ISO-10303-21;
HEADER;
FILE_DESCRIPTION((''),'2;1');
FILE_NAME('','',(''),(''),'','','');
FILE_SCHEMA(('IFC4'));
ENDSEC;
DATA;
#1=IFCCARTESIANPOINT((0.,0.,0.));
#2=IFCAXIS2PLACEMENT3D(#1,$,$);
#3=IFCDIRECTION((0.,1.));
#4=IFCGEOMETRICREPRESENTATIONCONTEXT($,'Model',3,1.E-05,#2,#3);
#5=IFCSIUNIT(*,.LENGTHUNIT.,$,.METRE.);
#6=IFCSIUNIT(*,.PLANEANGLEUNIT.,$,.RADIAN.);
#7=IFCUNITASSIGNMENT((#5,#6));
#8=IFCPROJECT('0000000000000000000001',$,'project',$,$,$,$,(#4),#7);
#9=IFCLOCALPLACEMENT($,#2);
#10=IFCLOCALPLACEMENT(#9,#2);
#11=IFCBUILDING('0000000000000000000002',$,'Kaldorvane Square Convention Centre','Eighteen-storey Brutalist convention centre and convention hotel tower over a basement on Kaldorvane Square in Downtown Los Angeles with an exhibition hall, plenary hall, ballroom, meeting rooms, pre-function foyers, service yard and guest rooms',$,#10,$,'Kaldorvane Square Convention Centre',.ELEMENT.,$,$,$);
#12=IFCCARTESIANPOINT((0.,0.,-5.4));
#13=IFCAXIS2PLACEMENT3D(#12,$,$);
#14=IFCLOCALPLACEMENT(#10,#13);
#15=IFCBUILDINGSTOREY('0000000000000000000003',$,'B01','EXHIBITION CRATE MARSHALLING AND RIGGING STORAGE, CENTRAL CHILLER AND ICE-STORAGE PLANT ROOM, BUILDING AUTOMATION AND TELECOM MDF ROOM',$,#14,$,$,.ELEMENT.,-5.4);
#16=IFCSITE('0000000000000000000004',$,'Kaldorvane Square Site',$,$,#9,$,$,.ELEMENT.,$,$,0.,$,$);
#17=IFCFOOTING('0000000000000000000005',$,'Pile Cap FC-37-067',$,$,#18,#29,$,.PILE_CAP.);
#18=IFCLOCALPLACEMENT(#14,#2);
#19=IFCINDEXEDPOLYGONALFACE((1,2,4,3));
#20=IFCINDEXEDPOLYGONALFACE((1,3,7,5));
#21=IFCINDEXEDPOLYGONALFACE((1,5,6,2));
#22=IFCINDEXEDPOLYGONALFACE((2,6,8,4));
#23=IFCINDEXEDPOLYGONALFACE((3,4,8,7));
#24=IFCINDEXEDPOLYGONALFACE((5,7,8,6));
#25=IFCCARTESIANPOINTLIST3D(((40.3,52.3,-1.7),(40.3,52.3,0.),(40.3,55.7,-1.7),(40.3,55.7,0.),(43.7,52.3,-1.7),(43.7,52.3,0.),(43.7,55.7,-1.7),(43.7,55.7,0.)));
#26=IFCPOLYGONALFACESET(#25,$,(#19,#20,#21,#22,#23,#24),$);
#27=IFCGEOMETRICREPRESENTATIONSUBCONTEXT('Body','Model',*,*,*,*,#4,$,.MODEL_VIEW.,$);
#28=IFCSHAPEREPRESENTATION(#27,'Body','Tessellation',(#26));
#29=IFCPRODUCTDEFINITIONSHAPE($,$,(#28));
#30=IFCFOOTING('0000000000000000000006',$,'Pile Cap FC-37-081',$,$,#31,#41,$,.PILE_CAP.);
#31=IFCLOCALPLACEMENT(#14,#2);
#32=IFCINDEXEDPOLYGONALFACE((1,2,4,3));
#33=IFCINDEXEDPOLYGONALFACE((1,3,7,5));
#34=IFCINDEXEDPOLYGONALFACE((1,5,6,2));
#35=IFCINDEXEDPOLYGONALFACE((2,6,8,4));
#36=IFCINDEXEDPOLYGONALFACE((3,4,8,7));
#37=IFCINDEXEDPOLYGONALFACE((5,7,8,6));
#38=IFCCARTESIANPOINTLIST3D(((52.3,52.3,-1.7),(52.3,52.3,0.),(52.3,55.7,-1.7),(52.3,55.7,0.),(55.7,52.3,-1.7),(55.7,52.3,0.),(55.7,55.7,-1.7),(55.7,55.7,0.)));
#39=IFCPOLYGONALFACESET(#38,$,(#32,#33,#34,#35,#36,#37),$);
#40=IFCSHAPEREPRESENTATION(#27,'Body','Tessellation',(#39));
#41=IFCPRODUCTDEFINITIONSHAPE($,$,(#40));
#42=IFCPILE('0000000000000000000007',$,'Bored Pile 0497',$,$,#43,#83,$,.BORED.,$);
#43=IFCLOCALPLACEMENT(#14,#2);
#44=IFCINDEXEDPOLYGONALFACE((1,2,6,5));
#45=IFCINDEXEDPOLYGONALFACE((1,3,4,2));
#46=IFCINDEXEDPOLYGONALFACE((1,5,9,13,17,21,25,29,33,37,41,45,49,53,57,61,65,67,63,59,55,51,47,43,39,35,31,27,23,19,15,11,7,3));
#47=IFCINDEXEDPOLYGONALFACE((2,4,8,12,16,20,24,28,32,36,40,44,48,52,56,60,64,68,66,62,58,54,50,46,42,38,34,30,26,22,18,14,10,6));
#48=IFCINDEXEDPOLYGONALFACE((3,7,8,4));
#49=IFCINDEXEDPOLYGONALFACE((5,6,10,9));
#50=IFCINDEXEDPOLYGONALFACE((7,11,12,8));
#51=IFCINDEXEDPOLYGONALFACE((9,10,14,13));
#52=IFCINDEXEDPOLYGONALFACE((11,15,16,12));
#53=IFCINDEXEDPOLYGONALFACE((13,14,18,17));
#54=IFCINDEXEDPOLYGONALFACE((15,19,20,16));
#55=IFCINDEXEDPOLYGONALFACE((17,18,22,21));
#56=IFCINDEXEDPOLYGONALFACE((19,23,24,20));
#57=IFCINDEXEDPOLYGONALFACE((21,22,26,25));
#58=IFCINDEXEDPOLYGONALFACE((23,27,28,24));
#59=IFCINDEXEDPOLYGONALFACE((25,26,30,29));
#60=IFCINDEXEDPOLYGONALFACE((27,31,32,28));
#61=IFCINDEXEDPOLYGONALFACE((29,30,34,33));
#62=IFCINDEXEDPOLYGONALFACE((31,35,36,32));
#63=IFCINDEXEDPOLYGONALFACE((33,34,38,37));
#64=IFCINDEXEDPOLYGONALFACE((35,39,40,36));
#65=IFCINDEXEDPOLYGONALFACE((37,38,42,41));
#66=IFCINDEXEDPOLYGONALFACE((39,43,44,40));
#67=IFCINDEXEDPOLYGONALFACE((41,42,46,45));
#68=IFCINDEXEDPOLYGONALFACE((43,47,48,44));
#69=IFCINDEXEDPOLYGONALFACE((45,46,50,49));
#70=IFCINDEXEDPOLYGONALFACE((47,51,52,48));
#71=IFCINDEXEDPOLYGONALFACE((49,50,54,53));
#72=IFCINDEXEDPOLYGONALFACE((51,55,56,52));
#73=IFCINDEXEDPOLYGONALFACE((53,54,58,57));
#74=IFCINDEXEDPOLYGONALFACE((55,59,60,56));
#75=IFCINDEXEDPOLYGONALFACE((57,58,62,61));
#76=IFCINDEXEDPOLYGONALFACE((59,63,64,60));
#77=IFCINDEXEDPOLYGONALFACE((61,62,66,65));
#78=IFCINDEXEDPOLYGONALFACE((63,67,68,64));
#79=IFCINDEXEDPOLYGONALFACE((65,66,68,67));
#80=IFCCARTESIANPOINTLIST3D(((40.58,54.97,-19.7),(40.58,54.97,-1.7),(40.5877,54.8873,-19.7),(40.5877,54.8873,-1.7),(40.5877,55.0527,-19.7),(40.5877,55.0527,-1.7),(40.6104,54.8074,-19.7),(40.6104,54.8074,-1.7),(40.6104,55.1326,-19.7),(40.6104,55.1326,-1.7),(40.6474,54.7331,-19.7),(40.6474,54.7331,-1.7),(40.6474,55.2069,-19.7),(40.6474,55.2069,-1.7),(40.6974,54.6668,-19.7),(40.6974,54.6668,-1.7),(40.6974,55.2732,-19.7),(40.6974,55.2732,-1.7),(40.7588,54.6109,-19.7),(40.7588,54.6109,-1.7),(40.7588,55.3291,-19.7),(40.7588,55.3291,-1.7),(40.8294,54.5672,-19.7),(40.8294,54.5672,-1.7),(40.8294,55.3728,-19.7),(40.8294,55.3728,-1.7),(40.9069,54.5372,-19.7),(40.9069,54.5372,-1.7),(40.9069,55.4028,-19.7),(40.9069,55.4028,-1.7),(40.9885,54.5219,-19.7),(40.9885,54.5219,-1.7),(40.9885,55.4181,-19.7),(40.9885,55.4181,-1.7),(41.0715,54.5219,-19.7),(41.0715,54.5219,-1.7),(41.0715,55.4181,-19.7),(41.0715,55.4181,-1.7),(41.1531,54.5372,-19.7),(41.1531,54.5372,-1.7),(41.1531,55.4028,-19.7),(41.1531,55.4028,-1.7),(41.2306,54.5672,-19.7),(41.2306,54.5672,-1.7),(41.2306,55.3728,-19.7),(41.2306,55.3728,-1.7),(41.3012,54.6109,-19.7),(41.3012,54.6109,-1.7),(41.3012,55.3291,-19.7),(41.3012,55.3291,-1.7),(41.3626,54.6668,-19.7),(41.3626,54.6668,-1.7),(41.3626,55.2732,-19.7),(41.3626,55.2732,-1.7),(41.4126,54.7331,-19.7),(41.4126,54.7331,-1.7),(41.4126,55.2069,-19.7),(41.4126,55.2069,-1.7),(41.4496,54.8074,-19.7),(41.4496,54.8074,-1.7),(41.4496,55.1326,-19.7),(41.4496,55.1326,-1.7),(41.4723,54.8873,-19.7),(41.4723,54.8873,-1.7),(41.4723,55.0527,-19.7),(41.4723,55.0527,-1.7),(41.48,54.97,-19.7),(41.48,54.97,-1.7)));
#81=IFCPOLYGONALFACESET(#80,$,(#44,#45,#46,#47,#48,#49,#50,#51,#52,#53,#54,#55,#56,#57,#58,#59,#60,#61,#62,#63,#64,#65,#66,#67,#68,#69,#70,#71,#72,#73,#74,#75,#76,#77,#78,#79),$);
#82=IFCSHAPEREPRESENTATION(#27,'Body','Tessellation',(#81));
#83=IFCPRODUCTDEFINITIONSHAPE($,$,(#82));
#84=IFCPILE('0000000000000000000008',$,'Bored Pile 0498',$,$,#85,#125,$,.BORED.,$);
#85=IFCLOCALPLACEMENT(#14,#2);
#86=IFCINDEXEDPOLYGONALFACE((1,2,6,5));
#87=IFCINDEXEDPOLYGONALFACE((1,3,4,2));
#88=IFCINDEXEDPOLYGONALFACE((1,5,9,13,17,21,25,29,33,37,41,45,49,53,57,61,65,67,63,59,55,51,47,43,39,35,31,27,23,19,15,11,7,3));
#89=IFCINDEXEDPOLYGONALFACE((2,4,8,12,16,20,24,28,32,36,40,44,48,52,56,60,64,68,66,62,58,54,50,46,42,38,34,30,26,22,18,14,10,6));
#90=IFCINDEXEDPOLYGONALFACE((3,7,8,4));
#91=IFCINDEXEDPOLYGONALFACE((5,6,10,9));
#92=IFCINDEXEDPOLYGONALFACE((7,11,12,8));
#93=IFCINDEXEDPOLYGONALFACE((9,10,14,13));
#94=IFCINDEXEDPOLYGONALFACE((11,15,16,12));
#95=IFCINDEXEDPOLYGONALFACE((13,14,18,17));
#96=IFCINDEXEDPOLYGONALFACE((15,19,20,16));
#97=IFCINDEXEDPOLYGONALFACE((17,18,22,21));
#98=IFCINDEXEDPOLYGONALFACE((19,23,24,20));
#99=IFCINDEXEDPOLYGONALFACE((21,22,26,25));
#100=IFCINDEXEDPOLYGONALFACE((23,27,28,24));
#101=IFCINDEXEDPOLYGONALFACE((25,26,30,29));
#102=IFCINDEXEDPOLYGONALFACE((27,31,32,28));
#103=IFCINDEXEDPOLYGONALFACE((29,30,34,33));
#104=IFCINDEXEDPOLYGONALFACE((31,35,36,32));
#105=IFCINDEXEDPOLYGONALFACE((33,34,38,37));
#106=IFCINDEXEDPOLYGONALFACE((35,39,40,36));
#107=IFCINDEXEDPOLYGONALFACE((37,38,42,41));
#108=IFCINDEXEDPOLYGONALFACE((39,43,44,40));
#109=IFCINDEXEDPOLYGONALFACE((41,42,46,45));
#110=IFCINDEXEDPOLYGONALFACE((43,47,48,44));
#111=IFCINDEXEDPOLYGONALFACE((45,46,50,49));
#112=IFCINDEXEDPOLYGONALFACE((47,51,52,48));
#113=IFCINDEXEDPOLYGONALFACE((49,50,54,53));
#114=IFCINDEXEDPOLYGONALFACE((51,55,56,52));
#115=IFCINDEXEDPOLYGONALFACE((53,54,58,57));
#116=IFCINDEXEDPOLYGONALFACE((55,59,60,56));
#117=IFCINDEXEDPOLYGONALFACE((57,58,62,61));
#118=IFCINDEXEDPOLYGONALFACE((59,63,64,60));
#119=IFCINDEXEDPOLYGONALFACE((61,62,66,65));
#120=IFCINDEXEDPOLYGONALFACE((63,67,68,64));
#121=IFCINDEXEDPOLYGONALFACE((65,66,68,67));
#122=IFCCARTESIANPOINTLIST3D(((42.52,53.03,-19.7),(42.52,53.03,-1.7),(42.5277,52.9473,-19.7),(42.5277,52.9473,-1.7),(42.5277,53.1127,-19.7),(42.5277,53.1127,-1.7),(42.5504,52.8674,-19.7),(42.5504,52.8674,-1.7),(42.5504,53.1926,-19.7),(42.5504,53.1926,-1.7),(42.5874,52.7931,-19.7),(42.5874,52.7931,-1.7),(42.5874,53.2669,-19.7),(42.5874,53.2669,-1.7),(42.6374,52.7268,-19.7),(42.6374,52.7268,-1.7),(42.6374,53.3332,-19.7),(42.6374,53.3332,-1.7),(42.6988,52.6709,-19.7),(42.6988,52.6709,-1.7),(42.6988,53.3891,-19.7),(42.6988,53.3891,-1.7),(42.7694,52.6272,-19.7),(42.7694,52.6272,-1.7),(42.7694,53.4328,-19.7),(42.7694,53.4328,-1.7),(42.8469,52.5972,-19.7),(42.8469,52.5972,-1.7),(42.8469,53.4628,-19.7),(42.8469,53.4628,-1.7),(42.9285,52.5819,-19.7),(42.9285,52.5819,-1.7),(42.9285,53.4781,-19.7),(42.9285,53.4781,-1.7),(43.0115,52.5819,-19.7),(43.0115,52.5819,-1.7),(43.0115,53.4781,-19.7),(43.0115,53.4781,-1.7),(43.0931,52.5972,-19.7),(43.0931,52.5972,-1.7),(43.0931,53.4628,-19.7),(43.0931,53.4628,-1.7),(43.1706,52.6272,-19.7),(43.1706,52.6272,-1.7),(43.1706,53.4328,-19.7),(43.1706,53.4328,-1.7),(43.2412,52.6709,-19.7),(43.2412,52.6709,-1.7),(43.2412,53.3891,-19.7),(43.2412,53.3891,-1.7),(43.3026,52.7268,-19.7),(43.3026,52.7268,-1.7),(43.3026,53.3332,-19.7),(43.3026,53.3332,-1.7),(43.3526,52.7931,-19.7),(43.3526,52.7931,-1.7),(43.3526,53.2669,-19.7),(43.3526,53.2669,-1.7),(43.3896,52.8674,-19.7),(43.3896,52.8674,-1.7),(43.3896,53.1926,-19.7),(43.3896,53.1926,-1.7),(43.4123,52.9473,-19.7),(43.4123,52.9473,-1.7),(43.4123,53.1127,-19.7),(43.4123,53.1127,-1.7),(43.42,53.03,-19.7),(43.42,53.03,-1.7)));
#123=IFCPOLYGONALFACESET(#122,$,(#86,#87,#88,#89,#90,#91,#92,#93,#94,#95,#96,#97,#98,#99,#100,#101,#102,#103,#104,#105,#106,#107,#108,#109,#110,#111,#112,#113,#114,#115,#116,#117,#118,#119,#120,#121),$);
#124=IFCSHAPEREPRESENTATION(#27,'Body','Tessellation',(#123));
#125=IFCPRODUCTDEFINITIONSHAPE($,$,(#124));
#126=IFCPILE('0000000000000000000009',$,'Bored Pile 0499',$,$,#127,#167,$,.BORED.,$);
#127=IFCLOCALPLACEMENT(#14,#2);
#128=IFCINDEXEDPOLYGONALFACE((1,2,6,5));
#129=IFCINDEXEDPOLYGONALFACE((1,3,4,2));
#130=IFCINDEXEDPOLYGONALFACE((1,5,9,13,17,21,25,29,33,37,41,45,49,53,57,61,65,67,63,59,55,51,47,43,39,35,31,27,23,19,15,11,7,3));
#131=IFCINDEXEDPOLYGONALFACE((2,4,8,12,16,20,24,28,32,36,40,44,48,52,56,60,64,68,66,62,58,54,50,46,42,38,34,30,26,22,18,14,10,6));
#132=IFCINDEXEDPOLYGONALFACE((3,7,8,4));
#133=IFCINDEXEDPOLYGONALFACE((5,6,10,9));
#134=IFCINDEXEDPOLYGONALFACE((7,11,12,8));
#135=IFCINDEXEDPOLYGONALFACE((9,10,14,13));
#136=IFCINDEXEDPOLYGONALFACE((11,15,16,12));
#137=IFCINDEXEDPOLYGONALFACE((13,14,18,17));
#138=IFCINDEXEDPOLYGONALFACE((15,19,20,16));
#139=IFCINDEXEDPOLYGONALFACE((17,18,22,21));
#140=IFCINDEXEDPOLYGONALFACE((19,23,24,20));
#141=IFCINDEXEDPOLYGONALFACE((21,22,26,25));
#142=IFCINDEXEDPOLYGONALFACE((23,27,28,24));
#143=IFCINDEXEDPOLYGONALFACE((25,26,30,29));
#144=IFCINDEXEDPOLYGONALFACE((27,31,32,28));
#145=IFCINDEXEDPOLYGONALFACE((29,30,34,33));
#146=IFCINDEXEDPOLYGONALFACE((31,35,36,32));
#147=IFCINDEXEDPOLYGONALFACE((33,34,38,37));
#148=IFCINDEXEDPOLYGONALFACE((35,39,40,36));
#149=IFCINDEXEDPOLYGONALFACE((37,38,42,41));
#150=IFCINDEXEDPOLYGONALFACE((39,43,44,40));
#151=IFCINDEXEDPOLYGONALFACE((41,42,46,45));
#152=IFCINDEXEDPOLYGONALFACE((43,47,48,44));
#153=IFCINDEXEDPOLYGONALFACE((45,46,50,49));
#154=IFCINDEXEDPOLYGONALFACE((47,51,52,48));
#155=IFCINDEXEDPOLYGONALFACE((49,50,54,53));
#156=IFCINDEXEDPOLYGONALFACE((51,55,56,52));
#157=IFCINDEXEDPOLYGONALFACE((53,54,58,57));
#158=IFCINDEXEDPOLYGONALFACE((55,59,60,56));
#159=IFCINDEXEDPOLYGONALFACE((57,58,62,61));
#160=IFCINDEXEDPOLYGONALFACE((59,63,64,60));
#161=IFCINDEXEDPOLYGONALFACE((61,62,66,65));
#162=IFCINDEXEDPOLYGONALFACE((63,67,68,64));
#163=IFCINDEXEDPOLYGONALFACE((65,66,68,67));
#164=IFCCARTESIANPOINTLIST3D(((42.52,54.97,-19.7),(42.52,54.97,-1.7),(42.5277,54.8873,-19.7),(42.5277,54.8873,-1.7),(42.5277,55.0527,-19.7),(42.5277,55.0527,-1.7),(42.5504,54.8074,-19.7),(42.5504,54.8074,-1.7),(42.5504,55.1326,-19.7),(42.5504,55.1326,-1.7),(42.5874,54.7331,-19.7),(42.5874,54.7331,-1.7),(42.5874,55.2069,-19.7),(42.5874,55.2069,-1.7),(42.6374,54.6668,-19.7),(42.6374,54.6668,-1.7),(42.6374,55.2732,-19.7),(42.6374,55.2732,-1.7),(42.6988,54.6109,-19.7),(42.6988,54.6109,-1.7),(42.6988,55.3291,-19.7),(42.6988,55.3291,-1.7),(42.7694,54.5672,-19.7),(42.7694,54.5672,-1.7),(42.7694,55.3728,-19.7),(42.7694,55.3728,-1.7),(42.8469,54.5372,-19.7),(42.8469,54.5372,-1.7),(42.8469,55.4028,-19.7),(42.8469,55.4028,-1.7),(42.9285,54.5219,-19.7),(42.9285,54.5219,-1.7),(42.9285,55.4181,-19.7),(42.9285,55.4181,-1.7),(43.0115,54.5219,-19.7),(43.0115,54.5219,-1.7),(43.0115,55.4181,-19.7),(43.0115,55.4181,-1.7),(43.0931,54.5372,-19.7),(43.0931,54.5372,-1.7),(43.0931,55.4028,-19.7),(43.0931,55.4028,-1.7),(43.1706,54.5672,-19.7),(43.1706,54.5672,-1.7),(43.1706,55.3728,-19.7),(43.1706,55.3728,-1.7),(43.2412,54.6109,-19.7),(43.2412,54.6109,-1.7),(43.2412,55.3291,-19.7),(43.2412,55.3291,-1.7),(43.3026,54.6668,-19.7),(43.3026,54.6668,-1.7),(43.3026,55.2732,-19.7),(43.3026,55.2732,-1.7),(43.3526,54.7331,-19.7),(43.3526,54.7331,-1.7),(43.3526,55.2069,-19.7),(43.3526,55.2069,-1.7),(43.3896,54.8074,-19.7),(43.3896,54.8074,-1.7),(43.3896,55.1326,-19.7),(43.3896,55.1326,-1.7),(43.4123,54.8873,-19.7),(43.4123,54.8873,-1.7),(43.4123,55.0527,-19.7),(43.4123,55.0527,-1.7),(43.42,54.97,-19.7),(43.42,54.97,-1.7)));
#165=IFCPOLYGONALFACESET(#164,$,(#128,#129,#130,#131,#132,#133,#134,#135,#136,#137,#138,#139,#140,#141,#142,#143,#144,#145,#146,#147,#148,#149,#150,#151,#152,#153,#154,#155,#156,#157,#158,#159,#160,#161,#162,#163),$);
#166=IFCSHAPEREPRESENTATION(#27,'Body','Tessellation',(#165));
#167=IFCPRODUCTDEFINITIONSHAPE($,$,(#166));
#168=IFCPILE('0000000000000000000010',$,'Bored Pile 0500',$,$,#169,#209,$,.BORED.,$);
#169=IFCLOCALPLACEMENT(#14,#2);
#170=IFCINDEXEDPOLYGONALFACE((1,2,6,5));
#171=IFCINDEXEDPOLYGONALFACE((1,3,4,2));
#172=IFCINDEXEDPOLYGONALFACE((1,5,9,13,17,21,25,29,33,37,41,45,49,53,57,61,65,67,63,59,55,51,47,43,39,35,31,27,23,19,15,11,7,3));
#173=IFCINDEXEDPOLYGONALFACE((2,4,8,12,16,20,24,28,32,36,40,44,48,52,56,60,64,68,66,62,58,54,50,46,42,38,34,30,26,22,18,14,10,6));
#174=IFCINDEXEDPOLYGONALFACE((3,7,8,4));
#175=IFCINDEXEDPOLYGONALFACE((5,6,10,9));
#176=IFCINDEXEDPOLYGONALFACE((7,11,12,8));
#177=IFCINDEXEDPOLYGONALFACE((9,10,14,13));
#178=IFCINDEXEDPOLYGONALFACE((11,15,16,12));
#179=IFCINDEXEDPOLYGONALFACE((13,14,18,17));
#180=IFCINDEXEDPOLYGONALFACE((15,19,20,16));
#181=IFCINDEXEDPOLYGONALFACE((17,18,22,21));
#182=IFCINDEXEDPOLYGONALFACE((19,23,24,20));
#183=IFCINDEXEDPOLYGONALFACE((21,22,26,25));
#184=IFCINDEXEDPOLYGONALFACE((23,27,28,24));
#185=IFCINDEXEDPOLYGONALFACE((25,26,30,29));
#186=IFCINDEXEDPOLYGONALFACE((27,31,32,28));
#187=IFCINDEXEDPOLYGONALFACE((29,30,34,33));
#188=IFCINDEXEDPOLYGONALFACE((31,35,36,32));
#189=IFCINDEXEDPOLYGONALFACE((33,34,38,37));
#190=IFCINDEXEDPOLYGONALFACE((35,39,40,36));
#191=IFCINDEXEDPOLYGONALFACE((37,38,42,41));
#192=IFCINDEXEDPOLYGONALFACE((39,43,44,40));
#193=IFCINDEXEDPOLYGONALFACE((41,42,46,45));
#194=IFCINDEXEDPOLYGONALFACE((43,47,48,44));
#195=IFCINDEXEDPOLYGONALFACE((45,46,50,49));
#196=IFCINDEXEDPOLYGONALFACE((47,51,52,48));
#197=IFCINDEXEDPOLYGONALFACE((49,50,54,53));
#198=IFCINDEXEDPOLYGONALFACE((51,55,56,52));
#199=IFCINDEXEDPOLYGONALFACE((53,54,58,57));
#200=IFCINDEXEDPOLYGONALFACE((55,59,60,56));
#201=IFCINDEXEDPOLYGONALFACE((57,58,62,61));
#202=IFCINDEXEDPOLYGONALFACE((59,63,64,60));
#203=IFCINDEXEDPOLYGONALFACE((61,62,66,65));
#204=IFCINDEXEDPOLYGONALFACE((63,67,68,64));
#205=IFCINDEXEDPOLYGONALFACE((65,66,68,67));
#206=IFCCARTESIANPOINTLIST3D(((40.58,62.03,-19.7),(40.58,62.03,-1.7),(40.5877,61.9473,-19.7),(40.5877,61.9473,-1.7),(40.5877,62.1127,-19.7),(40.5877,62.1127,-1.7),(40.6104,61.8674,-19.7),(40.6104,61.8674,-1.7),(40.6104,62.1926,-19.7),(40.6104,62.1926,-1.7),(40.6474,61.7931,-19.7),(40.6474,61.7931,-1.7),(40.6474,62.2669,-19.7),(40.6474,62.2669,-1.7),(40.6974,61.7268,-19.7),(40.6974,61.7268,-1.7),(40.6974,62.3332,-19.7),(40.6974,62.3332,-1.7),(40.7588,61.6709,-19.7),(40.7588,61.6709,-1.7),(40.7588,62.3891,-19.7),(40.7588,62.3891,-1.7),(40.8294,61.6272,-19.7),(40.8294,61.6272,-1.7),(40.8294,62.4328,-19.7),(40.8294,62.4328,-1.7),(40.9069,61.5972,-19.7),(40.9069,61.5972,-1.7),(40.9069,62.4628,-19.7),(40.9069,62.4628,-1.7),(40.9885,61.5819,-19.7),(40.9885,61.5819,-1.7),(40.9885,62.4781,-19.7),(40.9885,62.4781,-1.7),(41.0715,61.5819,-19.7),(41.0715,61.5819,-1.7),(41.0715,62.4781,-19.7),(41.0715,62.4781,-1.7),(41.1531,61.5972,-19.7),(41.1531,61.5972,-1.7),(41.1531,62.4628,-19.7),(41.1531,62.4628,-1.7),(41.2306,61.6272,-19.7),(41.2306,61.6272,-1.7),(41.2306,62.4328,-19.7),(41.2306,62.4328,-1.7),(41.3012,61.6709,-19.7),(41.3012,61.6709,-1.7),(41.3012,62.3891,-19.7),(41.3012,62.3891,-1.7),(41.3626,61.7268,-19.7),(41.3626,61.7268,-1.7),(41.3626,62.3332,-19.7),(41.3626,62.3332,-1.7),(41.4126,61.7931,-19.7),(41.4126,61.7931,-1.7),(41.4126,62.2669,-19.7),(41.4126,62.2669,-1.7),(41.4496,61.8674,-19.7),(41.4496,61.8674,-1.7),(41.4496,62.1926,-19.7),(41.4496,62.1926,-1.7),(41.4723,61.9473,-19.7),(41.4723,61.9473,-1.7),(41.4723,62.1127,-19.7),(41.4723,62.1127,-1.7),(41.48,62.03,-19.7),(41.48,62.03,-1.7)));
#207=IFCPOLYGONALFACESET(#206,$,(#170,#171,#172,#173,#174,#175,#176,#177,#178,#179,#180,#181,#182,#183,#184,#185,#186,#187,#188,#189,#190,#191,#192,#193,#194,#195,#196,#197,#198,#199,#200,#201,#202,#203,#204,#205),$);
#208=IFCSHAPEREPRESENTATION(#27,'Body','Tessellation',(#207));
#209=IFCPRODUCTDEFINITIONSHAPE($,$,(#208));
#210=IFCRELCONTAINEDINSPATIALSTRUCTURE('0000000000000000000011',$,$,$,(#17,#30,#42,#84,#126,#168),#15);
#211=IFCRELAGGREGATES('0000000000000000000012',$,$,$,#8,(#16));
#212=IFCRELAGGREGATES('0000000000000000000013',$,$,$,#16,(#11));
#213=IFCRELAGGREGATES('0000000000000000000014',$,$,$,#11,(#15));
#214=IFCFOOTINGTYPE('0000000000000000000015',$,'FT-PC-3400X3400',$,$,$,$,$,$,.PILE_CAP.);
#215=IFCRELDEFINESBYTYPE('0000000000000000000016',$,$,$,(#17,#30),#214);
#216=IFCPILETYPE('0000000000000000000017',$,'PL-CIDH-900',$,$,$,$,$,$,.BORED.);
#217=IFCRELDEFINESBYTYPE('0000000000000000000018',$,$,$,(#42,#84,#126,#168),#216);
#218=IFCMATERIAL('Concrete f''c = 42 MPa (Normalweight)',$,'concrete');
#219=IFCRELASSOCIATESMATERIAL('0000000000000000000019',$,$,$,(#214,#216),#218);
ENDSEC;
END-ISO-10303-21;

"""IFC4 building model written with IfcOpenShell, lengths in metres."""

from ifc_helpers import new_model, si_unit, direction, frame, origin, origin_2d, place, context, subcontext, project, spatial, rectangle, circle, extrude, material, material_profile, profile_set, type_object, element, save


model = new_model("IFC4")

# Units and contexts
model_context = context("Model", 3, precision=1e-05, world=origin(), true_north=direction((0.0, 1.0)))
body_context = subcontext(model_context, "Body", "Model", "MODEL_VIEW")
ifc_project = project(units=[si_unit("LENGTHUNIT", "METRE"), si_unit("PLANEANGLEUNIT", "RADIAN")], contexts=[model_context])

# Site, building, storey
site_placement = place(None, origin())
site = spatial("IfcSite", under=ifc_project, at=site_placement, Name="Kaldorvane Square Site", CompositionType="ELEMENT", RefElevation=0.0)
building_placement = place(site_placement, origin())
building = spatial("IfcBuilding", under=site, at=building_placement, Name="Kaldorvane Square Convention Centre", Description="Eighteen-storey Brutalist convention centre and convention hotel tower over a basement on Kaldorvane Square in Downtown Los Angeles with an exhibition hall, plenary hall, ballroom, meeting rooms, pre-function foyers, service yard and guest rooms", LongName="Kaldorvane Square Convention Centre", CompositionType="ELEMENT")
storey_placement = place(building_placement, frame((0.0, 0.0, -5.4)))
storey = spatial("IfcBuildingStorey", under=building, at=storey_placement, Name="B01", Description="EXHIBITION CRATE MARSHALLING AND RIGGING STORAGE, CENTRAL CHILLER AND ICE-STORAGE PLANT ROOM, BUILDING AUTOMATION AND TELECOM MDF ROOM", CompositionType="ELEMENT", Elevation=-5.4)

# Footings
ifc_material_1 = material(Name="Concrete f'c = 42 MPa (Normalweight)", Category="concrete")
footing_type = type_object("IfcFootingType", Name="FT-PC-3400X3400", PredefinedType="PILE_CAP", material=ifc_material_1)
for number, where, z_axis, x_axis, name in (
    (1, (42.0, 54.0, -1.7), (0.0, 0.0, 1.0), (1.0, 0.0, 0.0), "Pile Cap FC-37-067"),
    (2, (54.0, 54.0, -1.7), (0.0, 0.0, 1.0), (1.0, 0.0, 0.0), "Pile Cap FC-37-081"),
):
    element("IfcFooting", number, at=place(storey_placement, frame(where, z_axis=z_axis, x_axis=x_axis)), inside=storey, type_object=footing_type, Name=name, PredefinedType="PILE_CAP", context=body_context, shape_type="SweptSolid", body=[
        extrude(rectangle(XDim=3.4, YDim=3.4, at=origin_2d()), origin(), (0.0, 0.0, 1.0), 1.7),
    ])

# Piles
ifc_material_profile_1 = material_profile(ifc_material_1, circle(Radius=0.45, at=origin_2d()), Name="PILE-D900")
ifc_profile_set_1 = profile_set([ifc_material_profile_1], Name="Concrete f'c = 42 MPa (Normalweight)")
pile_type = type_object("IfcPileType", Name="PL-CIDH-900", PredefinedType="BORED", material=ifc_profile_set_1)
for number, where, z_axis, x_axis, name in (
    (3, (41.03, 54.97, -1.7), (0.0, 0.0, -1.0), (1.0, 0.0, 0.0), "Bored Pile 0497"),
    (4, (42.97, 53.03, -1.7), (0.0, 0.0, -1.0), (1.0, 0.0, 0.0), "Bored Pile 0498"),
    (5, (42.97, 54.97, -1.7), (0.0, 0.0, -1.0), (1.0, 0.0, 0.0), "Bored Pile 0499"),
    (6, (41.03, 62.03, -1.7), (0.0, 0.0, -1.0), (1.0, 0.0, 0.0), "Bored Pile 0500"),
):
    element("IfcPile", number, at=place(storey_placement, frame(where, z_axis=z_axis, x_axis=x_axis)), inside=storey, type_object=pile_type, Name=name, PredefinedType="BORED", context=body_context, shape_type="SweptSolid", body=[
        extrude(circle(Radius=0.45, at=origin_2d()), origin(), (0.0, 0.0, 1.0), 18.0),
    ])

save(model, "model.ifc")
